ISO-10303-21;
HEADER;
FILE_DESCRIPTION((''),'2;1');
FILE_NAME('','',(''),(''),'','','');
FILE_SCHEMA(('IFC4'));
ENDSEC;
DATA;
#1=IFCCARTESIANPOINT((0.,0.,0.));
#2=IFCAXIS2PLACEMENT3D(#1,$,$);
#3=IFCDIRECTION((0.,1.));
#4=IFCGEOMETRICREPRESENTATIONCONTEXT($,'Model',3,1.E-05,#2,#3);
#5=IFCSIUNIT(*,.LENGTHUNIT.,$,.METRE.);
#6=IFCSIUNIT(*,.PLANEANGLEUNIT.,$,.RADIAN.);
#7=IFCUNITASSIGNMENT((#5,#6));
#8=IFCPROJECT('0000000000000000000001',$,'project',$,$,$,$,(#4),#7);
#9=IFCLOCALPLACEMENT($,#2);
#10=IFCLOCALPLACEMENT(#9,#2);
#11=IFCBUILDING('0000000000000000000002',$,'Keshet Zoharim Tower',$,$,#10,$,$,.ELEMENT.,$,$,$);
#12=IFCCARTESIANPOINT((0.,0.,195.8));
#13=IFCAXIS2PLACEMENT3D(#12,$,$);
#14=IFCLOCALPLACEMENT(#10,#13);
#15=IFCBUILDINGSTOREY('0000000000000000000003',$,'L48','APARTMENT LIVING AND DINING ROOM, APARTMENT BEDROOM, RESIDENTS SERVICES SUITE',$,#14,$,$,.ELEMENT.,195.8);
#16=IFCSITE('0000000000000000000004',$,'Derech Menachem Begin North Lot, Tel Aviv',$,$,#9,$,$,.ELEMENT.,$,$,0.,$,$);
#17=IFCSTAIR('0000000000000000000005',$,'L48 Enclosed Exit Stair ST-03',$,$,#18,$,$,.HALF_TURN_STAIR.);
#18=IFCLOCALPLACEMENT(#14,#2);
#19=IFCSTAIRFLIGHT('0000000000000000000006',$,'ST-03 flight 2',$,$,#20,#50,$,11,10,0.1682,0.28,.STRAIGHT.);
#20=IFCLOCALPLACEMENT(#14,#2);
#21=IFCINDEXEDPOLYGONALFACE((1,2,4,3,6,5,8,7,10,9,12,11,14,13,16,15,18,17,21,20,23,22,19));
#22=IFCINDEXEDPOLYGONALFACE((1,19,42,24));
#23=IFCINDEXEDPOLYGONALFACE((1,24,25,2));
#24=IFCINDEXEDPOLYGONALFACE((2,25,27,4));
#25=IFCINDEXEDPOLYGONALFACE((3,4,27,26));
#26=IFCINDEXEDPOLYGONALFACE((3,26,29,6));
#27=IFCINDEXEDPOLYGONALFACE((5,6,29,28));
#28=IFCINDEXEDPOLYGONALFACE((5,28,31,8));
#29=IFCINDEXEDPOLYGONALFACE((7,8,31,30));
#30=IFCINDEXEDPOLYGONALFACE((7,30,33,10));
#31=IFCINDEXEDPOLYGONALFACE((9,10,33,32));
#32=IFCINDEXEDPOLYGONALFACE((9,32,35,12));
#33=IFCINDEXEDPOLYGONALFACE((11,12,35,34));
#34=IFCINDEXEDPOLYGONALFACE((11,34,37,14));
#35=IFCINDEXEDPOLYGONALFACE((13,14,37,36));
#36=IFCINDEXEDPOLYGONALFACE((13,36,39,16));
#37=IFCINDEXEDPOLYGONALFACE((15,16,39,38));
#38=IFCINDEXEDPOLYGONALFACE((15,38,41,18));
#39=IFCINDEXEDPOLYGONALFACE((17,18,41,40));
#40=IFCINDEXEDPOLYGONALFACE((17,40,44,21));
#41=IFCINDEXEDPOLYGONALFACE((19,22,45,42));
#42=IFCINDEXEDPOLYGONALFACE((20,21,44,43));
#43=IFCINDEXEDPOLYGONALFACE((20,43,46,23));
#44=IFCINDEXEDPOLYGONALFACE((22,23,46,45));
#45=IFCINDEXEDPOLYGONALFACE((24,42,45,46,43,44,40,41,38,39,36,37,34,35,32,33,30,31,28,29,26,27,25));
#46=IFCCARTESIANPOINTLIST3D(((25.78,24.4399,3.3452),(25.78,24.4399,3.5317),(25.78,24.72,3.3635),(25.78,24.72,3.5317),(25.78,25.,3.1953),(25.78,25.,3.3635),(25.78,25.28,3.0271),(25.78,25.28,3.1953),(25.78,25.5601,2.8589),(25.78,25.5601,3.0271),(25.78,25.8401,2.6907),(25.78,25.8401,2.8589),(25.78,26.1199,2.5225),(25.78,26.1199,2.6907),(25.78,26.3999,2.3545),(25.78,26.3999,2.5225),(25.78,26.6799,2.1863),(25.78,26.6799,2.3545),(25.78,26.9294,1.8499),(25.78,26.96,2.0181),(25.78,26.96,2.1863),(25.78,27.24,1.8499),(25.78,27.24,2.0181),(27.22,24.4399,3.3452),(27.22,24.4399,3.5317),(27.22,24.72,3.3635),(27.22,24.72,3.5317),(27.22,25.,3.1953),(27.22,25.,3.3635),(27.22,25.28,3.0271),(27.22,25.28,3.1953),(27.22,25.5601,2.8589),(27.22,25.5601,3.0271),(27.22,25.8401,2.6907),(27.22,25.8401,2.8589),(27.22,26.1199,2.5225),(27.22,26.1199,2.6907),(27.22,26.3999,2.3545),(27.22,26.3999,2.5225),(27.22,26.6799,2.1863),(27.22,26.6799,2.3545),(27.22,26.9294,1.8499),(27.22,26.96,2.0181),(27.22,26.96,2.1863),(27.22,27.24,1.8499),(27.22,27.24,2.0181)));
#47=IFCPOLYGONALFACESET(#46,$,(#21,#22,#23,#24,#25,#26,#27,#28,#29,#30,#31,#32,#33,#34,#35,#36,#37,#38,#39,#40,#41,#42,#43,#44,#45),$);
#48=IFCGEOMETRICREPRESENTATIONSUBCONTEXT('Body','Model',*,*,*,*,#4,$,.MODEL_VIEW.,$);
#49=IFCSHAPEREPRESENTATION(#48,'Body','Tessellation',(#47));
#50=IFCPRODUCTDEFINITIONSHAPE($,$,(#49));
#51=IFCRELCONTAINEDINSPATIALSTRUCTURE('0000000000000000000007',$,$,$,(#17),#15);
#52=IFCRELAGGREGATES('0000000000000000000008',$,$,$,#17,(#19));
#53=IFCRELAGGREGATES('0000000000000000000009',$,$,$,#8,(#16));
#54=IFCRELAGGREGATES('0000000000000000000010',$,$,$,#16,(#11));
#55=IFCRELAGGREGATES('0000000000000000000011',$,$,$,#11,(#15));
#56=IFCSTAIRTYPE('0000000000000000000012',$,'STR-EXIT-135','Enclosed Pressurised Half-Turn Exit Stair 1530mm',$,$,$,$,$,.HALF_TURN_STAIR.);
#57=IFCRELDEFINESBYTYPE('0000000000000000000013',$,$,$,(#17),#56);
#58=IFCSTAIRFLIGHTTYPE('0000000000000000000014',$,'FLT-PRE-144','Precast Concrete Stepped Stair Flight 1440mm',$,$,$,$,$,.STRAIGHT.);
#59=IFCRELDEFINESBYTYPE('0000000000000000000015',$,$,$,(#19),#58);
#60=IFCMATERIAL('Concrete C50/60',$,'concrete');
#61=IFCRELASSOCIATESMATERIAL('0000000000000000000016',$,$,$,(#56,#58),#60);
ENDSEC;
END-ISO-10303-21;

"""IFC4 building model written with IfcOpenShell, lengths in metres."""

from ifc_helpers import new_model, si_unit, direction, frame, origin, place, context, subcontext, project, spatial, polyline, outline, extrude, material, type_object, element, aggregate, save


model = new_model("IFC4")

# Units and contexts
model_context = context("Model", 3, precision=1e-05, world=origin(), true_north=direction((0.0, 1.0)))
body_context = subcontext(model_context, "Body", "Model", "MODEL_VIEW")
ifc_project = project(units=[si_unit("LENGTHUNIT", "METRE"), si_unit("PLANEANGLEUNIT", "RADIAN")], contexts=[model_context])

# Site, building, storey
site_placement = place(None, origin())
site = spatial("IfcSite", under=ifc_project, at=site_placement, Name="Derech Menachem Begin North Lot, Tel Aviv", CompositionType="ELEMENT", RefElevation=0.0)
building_placement = place(site_placement, origin())
building = spatial("IfcBuilding", under=site, at=building_placement, Name="Keshet Zoharim Tower", CompositionType="ELEMENT")
storey_placement = place(building_placement, frame((0.0, 0.0, 195.8)))
storey = spatial("IfcBuildingStorey", under=building, at=storey_placement, Name="L48", Description="APARTMENT LIVING AND DINING ROOM, APARTMENT BEDROOM, RESIDENTS SERVICES SUITE", CompositionType="ELEMENT", Elevation=195.8)

# Shared definitions
ifc_material_1 = material(Name="Concrete C50/60", Category="concrete")

# Stair, stair flight
stair_type = type_object("IfcStairType", Name="STR-EXIT-135", Description="Enclosed Pressurised Half-Turn Exit Stair 1530mm", PredefinedType="HALF_TURN_STAIR", material=ifc_material_1)
stair_placement = place(storey_placement, origin())
stair = element("IfcStair", 1, at=stair_placement, inside=storey, type_object=stair_type, Name="L48 Enclosed Exit Stair ST-03", PredefinedType="HALF_TURN_STAIR")
stair_flight_type = type_object("IfcStairFlightType", Name="FLT-PRE-144", Description="Precast Concrete Stepped Stair Flight 1440mm", PredefinedType="STRAIGHT", material=ifc_material_1)
stair_flight_1_placement = place(storey_placement, frame((26.5, 27.24, 1.8499), z_axis=(0.0, 0.0, 1.0), x_axis=(0.0, -1.0, 0.0)))
stair_flight_1 = element("IfcStairFlight", 2, at=stair_flight_1_placement, type_object=stair_flight_type, Name="ST-03 flight 2", NumberOfRisers=11, NumberOfTreads=10, PredefinedType="STRAIGHT", RiserHeight=0.1682, TreadLength=0.28, context=body_context, shape_type="SweptSolid", body=[
    extrude(outline(polyline([(0.0, 0.0), (0.0, 0.1682), (0.28, 0.1682), (0.28, 0.3364), (0.5601, 0.3364), (0.5601, 0.5046), (0.8401, 0.5046), (0.8401, 0.6726), (1.1201, 0.6726), (1.1201, 0.8408), (1.3999, 0.8408), (1.3999, 1.009), (1.6799, 1.009), (1.6799, 1.1772), (1.96, 1.1772), (1.96, 1.3455), (2.24, 1.3455), (2.24, 1.5137), (2.52, 1.5137), (2.52, 1.6819), (2.8, 1.6819), (2.8, 1.8501), (2.8, 1.4954), (0.3105, 0.0), (0.0, 0.0)])), frame((0.0, 0.72, 0.0), z_axis=(0.0, -1.0, 0.0), x_axis=(1.0, 0.0, 0.0)), (0.0, 0.0, 1.0), 1.4399),
])
aggregate(stair, [stair_flight_1])

save(model, "model.ifc")
